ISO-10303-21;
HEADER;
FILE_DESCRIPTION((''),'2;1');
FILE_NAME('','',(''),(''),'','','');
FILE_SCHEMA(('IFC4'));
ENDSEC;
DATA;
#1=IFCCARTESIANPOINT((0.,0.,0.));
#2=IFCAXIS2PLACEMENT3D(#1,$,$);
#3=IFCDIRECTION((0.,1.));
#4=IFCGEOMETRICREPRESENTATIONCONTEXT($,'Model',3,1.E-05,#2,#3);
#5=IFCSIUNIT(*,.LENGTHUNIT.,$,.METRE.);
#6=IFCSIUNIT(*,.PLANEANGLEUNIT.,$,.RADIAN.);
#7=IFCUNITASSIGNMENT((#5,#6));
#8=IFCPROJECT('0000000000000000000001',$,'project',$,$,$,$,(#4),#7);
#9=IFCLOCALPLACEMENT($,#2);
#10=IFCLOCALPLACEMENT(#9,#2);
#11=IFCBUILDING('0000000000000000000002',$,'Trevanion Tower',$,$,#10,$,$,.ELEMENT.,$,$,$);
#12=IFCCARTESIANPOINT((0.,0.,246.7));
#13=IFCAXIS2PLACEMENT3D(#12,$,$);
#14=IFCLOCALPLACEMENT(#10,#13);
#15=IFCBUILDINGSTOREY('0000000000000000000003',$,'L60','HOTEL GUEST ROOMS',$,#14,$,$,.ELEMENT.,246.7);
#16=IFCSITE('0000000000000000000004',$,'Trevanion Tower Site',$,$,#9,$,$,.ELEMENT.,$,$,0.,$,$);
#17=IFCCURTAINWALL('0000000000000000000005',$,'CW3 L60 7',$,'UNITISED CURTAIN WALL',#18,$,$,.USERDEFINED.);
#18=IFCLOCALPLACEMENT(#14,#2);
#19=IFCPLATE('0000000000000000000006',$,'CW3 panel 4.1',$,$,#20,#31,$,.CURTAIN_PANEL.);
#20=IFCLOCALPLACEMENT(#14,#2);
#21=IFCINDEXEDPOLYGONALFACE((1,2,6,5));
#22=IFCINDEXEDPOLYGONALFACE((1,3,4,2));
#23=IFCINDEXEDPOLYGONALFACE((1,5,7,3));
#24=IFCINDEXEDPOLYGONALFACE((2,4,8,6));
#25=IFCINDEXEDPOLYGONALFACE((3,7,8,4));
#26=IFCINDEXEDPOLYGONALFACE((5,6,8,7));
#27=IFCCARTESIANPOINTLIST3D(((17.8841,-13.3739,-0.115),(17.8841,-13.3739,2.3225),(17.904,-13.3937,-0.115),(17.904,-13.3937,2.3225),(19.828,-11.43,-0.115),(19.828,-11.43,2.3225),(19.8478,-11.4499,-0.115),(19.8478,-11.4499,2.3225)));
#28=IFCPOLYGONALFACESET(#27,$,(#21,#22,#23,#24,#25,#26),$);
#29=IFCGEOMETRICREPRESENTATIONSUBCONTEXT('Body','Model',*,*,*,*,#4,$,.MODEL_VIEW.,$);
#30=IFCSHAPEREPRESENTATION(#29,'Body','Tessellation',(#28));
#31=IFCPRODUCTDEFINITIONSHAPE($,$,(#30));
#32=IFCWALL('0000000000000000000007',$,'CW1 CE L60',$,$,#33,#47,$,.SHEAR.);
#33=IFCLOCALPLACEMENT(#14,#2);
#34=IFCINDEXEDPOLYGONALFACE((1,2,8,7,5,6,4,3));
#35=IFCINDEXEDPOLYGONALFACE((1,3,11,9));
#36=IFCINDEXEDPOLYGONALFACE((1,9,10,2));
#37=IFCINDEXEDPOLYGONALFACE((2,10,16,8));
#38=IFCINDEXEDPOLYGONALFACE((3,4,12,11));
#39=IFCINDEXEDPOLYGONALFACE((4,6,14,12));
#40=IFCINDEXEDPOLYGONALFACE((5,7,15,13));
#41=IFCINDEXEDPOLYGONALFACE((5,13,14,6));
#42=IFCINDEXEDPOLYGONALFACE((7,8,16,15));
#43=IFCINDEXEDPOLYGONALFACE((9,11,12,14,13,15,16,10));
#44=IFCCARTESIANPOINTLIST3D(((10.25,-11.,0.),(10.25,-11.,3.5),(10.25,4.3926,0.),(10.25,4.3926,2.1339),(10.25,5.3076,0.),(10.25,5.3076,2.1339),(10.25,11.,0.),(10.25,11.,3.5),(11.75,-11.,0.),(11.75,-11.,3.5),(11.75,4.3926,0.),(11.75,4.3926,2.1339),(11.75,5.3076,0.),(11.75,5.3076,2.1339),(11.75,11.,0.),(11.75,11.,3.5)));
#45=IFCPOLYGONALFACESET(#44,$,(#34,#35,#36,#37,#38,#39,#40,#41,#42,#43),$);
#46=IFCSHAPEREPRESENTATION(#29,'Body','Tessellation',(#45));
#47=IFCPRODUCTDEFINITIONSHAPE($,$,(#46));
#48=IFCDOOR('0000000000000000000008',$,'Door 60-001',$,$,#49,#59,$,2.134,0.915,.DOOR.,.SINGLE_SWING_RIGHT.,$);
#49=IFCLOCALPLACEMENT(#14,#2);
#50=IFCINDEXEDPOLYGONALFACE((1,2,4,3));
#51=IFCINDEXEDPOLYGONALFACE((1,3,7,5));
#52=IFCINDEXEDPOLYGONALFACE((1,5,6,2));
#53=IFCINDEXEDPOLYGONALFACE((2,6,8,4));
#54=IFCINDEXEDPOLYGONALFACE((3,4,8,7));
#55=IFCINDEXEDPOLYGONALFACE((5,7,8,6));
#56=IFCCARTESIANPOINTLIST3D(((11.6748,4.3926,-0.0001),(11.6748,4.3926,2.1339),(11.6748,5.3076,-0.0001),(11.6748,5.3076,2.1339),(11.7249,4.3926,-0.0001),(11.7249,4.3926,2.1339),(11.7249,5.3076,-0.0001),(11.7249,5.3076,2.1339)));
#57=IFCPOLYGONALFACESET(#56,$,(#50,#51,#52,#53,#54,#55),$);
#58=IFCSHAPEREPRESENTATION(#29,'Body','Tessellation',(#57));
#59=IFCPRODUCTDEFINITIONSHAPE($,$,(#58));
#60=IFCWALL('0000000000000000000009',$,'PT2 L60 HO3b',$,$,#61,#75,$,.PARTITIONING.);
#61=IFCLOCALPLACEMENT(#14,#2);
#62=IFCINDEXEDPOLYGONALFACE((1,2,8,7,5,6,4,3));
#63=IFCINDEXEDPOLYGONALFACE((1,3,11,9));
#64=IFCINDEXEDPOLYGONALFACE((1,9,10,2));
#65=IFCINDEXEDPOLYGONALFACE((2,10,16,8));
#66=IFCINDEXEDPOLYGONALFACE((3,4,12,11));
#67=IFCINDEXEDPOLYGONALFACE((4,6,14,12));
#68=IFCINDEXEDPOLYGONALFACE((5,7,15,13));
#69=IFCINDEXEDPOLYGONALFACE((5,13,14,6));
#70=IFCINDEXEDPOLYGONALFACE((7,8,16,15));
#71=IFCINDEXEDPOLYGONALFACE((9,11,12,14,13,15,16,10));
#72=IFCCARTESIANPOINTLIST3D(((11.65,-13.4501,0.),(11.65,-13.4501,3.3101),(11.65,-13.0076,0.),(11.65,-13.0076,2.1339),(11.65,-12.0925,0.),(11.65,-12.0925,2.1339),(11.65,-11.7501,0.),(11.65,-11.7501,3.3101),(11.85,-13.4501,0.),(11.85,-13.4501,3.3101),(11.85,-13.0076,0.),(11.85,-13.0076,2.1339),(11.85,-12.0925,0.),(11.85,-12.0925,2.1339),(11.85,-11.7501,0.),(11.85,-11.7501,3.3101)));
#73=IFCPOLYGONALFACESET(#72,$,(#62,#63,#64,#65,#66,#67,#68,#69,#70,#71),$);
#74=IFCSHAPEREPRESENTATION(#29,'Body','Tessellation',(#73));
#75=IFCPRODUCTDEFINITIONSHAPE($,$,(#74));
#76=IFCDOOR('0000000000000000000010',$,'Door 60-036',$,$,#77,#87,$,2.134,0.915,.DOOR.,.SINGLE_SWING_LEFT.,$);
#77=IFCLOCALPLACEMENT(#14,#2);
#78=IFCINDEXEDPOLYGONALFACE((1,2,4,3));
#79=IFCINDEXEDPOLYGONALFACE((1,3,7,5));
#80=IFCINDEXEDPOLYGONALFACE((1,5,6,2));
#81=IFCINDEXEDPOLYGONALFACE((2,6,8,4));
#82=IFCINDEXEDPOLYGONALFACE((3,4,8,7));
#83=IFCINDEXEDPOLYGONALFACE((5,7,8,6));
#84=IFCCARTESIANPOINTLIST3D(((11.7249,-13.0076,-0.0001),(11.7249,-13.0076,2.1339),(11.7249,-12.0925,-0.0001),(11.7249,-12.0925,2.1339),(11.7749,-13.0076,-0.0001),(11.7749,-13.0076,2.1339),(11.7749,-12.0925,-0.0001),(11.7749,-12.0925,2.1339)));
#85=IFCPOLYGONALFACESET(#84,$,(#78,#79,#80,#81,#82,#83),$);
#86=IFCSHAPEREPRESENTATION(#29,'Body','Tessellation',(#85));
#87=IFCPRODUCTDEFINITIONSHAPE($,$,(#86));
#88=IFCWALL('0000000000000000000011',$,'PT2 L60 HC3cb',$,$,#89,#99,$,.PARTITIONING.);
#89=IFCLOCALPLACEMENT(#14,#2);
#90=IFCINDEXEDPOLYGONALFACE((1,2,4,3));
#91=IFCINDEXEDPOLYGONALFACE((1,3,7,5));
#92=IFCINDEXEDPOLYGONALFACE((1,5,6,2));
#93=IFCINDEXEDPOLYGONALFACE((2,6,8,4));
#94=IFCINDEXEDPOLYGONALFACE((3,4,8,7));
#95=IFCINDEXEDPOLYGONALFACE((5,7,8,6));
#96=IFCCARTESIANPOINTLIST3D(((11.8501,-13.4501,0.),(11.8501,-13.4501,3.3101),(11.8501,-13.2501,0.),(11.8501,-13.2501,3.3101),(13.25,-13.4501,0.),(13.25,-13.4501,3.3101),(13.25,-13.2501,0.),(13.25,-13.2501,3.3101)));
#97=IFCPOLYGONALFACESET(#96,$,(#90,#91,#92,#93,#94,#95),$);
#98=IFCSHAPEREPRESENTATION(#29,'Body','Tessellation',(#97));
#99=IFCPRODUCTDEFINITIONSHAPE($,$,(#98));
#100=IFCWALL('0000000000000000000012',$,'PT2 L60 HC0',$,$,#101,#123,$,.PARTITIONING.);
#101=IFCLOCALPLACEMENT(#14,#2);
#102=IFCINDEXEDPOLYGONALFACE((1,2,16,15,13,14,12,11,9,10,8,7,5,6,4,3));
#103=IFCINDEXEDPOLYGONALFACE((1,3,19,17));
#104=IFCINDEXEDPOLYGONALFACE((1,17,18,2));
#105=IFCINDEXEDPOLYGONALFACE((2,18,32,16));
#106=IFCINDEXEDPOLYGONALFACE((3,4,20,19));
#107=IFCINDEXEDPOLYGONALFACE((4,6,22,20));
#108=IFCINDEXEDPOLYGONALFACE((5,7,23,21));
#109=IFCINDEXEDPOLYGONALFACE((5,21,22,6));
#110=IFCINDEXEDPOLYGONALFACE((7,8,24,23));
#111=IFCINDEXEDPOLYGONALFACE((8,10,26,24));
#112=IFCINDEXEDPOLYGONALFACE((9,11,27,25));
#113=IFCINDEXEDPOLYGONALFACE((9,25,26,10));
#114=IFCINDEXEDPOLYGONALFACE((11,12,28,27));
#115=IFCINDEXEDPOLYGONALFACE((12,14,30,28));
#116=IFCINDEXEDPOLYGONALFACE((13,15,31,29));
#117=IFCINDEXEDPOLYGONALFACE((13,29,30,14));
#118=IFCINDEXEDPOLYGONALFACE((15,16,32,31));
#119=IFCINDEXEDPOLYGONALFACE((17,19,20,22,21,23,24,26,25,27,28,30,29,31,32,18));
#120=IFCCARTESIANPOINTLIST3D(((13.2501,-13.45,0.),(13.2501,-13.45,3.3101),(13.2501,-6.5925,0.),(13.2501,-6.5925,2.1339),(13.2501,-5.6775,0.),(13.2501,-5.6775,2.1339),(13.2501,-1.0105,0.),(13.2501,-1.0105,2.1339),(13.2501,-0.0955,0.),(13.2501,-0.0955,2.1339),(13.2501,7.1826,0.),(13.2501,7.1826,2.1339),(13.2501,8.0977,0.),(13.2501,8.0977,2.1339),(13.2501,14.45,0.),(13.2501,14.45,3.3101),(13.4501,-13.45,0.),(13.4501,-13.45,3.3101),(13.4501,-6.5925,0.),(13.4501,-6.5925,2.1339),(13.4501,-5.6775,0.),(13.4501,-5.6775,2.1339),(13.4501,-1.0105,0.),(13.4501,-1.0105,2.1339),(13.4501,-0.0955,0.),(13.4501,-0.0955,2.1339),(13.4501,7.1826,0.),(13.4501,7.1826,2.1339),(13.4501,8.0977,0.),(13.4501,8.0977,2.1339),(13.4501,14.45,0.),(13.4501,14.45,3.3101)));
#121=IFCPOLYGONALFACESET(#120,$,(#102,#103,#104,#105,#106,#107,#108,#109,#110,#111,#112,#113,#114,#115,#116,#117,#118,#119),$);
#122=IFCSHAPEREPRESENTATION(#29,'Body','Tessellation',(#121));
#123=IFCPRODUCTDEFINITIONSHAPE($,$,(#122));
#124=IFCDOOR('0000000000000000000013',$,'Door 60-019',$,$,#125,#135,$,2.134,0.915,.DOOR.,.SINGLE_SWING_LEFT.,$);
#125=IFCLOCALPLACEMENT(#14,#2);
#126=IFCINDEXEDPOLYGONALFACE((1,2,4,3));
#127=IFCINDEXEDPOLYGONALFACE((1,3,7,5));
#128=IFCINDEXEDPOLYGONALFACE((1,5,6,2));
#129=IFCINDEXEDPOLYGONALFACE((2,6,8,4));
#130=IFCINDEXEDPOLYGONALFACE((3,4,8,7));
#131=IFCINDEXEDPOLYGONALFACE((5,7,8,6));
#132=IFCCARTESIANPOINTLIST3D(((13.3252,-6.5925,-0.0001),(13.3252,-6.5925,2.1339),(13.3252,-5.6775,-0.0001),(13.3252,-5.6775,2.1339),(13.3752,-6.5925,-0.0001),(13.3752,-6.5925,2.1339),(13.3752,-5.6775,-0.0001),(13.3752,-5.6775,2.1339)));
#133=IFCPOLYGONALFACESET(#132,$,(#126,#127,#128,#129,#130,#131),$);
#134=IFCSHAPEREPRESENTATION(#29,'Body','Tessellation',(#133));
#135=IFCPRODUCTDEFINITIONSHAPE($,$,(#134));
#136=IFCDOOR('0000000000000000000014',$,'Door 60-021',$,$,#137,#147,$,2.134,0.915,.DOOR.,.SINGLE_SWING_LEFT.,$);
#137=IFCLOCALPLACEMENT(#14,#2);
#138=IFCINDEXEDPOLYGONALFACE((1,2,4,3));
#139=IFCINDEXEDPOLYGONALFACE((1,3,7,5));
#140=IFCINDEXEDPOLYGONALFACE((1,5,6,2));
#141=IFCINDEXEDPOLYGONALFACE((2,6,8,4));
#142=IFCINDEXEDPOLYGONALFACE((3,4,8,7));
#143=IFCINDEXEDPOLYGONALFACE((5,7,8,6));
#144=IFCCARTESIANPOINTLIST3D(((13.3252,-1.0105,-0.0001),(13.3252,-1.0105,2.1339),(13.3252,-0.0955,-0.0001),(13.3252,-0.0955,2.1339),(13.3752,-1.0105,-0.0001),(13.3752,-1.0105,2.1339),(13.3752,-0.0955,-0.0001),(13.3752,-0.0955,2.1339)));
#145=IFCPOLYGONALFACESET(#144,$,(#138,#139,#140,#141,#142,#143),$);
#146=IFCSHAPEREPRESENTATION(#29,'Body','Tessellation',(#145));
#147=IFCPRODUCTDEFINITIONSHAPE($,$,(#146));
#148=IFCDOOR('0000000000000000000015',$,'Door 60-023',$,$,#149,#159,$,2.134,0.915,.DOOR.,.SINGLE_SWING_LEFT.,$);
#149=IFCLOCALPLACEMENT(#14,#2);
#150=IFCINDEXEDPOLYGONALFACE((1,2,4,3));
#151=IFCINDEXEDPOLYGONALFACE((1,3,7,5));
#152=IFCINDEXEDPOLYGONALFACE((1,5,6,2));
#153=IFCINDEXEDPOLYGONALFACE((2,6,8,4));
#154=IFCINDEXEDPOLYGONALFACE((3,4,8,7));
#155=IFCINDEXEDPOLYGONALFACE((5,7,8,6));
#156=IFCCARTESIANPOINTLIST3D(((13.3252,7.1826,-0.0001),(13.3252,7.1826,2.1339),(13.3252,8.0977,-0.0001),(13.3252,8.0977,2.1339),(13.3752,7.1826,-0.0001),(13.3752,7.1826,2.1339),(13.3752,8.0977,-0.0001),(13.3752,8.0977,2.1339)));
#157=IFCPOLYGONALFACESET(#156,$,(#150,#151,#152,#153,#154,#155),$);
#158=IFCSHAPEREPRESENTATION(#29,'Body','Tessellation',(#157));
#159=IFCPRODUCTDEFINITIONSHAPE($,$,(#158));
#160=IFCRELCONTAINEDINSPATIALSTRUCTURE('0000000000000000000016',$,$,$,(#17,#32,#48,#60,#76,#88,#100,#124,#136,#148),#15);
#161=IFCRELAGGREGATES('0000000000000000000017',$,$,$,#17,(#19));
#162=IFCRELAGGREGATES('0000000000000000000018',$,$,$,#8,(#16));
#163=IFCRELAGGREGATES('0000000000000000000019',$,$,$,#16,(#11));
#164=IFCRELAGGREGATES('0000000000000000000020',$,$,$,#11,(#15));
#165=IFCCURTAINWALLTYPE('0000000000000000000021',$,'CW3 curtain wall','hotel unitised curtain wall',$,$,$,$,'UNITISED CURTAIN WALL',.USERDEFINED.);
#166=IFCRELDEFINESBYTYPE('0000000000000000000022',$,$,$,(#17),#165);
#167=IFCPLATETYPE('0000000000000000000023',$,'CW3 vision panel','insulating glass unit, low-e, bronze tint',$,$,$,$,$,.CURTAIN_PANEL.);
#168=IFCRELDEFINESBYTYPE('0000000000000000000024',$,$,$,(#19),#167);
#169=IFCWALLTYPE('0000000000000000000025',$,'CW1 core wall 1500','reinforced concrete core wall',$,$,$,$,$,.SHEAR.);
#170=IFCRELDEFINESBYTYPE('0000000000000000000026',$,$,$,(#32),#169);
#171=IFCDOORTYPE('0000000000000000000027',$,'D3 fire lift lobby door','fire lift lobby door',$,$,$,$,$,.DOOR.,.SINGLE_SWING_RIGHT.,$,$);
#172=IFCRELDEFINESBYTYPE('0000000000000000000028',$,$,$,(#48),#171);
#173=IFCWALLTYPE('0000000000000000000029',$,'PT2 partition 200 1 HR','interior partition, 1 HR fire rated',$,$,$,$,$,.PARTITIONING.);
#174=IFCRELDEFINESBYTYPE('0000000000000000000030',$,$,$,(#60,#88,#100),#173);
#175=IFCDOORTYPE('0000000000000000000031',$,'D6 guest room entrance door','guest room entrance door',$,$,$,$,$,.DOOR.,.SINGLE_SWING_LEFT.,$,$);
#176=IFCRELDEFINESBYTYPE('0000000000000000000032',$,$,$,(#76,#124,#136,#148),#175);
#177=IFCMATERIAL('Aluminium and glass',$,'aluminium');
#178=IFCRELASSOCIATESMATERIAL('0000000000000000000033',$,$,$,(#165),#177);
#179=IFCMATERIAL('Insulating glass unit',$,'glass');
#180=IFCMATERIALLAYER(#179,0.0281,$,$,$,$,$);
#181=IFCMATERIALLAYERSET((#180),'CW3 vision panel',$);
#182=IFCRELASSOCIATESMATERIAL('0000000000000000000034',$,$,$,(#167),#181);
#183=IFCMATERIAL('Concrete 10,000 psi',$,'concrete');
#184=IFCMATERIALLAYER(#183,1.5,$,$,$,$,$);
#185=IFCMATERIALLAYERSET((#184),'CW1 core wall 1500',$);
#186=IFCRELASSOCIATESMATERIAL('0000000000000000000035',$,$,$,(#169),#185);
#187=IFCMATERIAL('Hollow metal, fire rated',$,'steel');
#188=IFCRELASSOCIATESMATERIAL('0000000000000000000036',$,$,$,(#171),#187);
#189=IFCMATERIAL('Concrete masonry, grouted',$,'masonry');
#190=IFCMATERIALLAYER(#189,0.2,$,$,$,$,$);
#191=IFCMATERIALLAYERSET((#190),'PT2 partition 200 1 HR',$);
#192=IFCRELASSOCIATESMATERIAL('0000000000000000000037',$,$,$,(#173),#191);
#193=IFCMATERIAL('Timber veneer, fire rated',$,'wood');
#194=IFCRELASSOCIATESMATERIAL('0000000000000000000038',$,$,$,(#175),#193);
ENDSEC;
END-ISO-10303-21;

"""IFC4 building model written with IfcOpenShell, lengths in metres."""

from ifc_helpers import new_model, si_unit, direction, frame, frame_2d, origin, origin_2d, place, context, subcontext, project, spatial, rectangle, extrude, material, layer, layer_set, type_object, element, fill, aggregate, save


model = new_model("IFC4")

# Units and contexts
model_context = context("Model", 3, precision=1e-05, world=origin(), true_north=direction((0.0, 1.0)))
body_context = subcontext(model_context, "Body", "Model", "MODEL_VIEW")
ifc_project = project(units=[si_unit("LENGTHUNIT", "METRE"), si_unit("PLANEANGLEUNIT", "RADIAN")], contexts=[model_context])

# Site, building, storey
site_placement = place(None, origin())
site = spatial("IfcSite", under=ifc_project, at=site_placement, Name="Trevanion Tower Site", CompositionType="ELEMENT", RefElevation=0.0)
building_placement = place(site_placement, origin())
building = spatial("IfcBuilding", under=site, at=building_placement, Name="Trevanion Tower", CompositionType="ELEMENT")
storey_placement = place(building_placement, frame((0.0, 0.0, 246.7)))
storey = spatial("IfcBuildingStorey", under=building, at=storey_placement, Name="L60", Description="HOTEL GUEST ROOMS", CompositionType="ELEMENT", Elevation=246.7)

# Curtain wall
ifc_material_1 = material(Name="Aluminium and glass", Category="aluminium")
curtain_wall_type = type_object("IfcCurtainWallType", Name="CW3 curtain wall", Description="hotel unitised curtain wall", ElementType="UNITISED CURTAIN WALL", PredefinedType="USERDEFINED", material=ifc_material_1)
curtain_wall_1_placement = place(storey_placement, origin())
curtain_wall_1 = element("IfcCurtainWall", 1, at=curtain_wall_1_placement, inside=storey, type_object=curtain_wall_type, Name="CW3 L60 7", ObjectType="UNITISED CURTAIN WALL", PredefinedType="USERDEFINED")

# Plate
ifc_material_2 = material(Name="Insulating glass unit", Category="glass")
ifc_layer_1 = layer(ifc_material_2, 0.0281)
ifc_layer_set_1 = layer_set([ifc_layer_1], Name="CW3 vision panel")
plate_type_1 = type_object("IfcPlateType", Name="CW3 vision panel", Description="insulating glass unit, low-e, bronze tint", PredefinedType="CURTAIN_PANEL", material=ifc_layer_set_1)
plate_1_placement = place(storey_placement, frame((18.866, -12.4119, -0.115), z_axis=(0.0, 0.0, 1.0), x_axis=(0.707107, 0.707107, 0.0)))
plate_1 = element("IfcPlate", 2, at=plate_1_placement, type_object=plate_type_1, Name="CW3 panel 4.1", PredefinedType="CURTAIN_PANEL", context=body_context, shape_type="SweptSolid", body=[
    extrude(rectangle(XDim=2.749, YDim=0.0281, at=origin_2d()), origin(), (0.0, 0.0, 1.0), 2.4375),
])
aggregate(curtain_wall_1, [plate_1])

# Walls, openings, doors
ifc_material_3 = material(Name="Concrete 10,000 psi", Category="concrete")
ifc_layer_2 = layer(ifc_material_3, 1.5)
ifc_layer_set_2 = layer_set([ifc_layer_2], Name="CW1 core wall 1500")
wall_type_1 = type_object("IfcWallType", Name="CW1 core wall 1500", Description="reinforced concrete core wall", PredefinedType="SHEAR", material=ifc_layer_set_2)
wall_1_placement = place(storey_placement, frame((11.0, -11.0, 0.0), z_axis=(0.0, 0.0, 1.0), x_axis=(0.0, 1.0, 0.0)))
wall_1 = element("IfcWall", 3, at=wall_1_placement, inside=storey, type_object=wall_type_1, Name="CW1 CE L60", PredefinedType="SHEAR", context=body_context, shape_type="SweptSolid", body=[
    extrude(rectangle(XDim=22.0, YDim=1.5, at=frame_2d((11.0, 0.0))), origin(), (0.0, 0.0, 1.0), 3.5),
])
opening_1_placement = place(wall_1_placement, frame((15.3926, 0.0, 0.0)))
opening_1 = element("IfcOpeningElement", 4, at=opening_1_placement, cuts=wall_1, PredefinedType="OPENING", context=body_context, shape_type="SweptSolid", body=[
    extrude(rectangle(XDim=0.915, YDim=2.134, at=frame_2d((0.4575, 1.0669))), frame((0.0, 0.76, 0.0), z_axis=(0.0, -1.0, 0.0), x_axis=(1.0, 0.0, 0.0)), (0.0, 0.0, 1.0), 1.52),
])
ifc_material_4 = material(Name="Hollow metal, fire rated", Category="steel")
door_type_1 = type_object("IfcDoorType", Name="D3 fire lift lobby door", Description="fire lift lobby door", OperationType="SINGLE_SWING_RIGHT", PredefinedType="DOOR", material=ifc_material_4)
door_1_placement = place(opening_1_placement, origin())
door_1 = element("IfcDoor", 5, at=door_1_placement, inside=storey, type_object=door_type_1, Name="Door 60-001", OperationType="SINGLE_SWING_RIGHT", OverallHeight=2.134, OverallWidth=0.915, PredefinedType="DOOR", context=body_context, shape_type="SweptSolid", body=[
    extrude(rectangle(XDim=0.915, YDim=2.134, at=frame_2d((0.4575, 1.0669))), frame((0.0, -0.6748, 0.0), z_axis=(0.0, -1.0, 0.0), x_axis=(1.0, 0.0, 0.0)), (0.0, 0.0, 1.0), 0.05),
])
fill(opening_1, door_1)
ifc_material_5 = material(Name="Concrete masonry, grouted", Category="masonry")
ifc_layer_3 = layer(ifc_material_5, 0.2)
ifc_layer_set_3 = layer_set([ifc_layer_3], Name="PT2 partition 200 1 HR")
wall_type_2 = type_object("IfcWallType", Name="PT2 partition 200 1 HR", Description="interior partition, 1 HR fire rated", PredefinedType="PARTITIONING", material=ifc_layer_set_3)
wall_2_placement = place(storey_placement, frame((11.75, -11.75, 0.0), z_axis=(0.0, 0.0, 1.0), x_axis=(0.0, -1.0, 0.0)))
wall_2 = element("IfcWall", 6, at=wall_2_placement, inside=storey, type_object=wall_type_2, Name="PT2 L60 HO3b", PredefinedType="PARTITIONING", context=body_context, shape_type="SweptSolid", body=[
    extrude(rectangle(XDim=1.7, YDim=0.2, at=frame_2d((0.8501, 0.0))), origin(), (0.0, 0.0, 1.0), 3.3101),
])
opening_2_placement = place(wall_2_placement, frame((0.3425, 0.0, 0.0)))
opening_2 = element("IfcOpeningElement", 7, at=opening_2_placement, cuts=wall_2, PredefinedType="OPENING", context=body_context, shape_type="SweptSolid", body=[
    extrude(rectangle(XDim=0.915, YDim=2.134, at=frame_2d((0.4575, 1.0669))), frame((0.0, 0.1099, 0.0), z_axis=(0.0, -1.0, 0.0), x_axis=(1.0, 0.0, 0.0)), (0.0, 0.0, 1.0), 0.22),
])
ifc_material_6 = material(Name="Timber veneer, fire rated", Category="wood")
door_type_2 = type_object("IfcDoorType", Name="D6 guest room entrance door", Description="guest room entrance door", OperationType="SINGLE_SWING_LEFT", PredefinedType="DOOR", material=ifc_material_6)
door_2_placement = place(opening_2_placement, origin())
door_2 = element("IfcDoor", 8, at=door_2_placement, inside=storey, type_object=door_type_2, Name="Door 60-036", OperationType="SINGLE_SWING_LEFT", OverallHeight=2.134, OverallWidth=0.915, PredefinedType="DOOR", context=body_context, shape_type="SweptSolid", body=[
    extrude(rectangle(XDim=0.915, YDim=2.134, at=frame_2d((0.4575, 1.0669))), frame((0.0, 0.0249, 0.0), z_axis=(0.0, -1.0, 0.0), x_axis=(1.0, 0.0, 0.0)), (0.0, 0.0, 1.0), 0.05),
])
fill(opening_2, door_2)

# Wall
wall_3_placement = place(storey_placement, frame((11.8501, -13.3501, 0.0), z_axis=(0.0, 0.0, 1.0), x_axis=(1.0, 0.0, 0.0)))
element("IfcWall", 9, at=wall_3_placement, inside=storey, type_object=wall_type_2, Name="PT2 L60 HC3cb", PredefinedType="PARTITIONING", context=body_context, shape_type="SweptSolid", body=[
    extrude(rectangle(XDim=1.3999, YDim=0.2, at=frame_2d((0.7, 0.0))), origin(), (0.0, 0.0, 1.0), 3.3101),
])

# Wall, openings, doors
wall_4_placement = place(storey_placement, frame((13.3501, -13.45, 0.0), z_axis=(0.0, 0.0, 1.0), x_axis=(0.0, 1.0, 0.0)))
wall_4 = element("IfcWall", 10, at=wall_4_placement, inside=storey, type_object=wall_type_2, Name="PT2 L60 HC0", PredefinedType="PARTITIONING", context=body_context, shape_type="SweptSolid", body=[
    extrude(rectangle(XDim=27.8999, YDim=0.2, at=frame_2d((13.95, 0.0))), origin(), (0.0, 0.0, 1.0), 3.3101),
])
opening_3_placement = place(wall_4_placement, frame((6.8574, 0.0, 0.0)))
opening_3 = element("IfcOpeningElement", 11, at=opening_3_placement, cuts=wall_4, PredefinedType="OPENING", context=body_context, shape_type="SweptSolid", body=[
    extrude(rectangle(XDim=0.915, YDim=2.134, at=frame_2d((0.4575, 1.0669))), frame((0.0, 0.1099, 0.0), z_axis=(0.0, -1.0, 0.0), x_axis=(1.0, 0.0, 0.0)), (0.0, 0.0, 1.0), 0.22),
])
opening_4_placement = place(wall_4_placement, frame((12.4395, 0.0, 0.0)))
opening_4 = element("IfcOpeningElement", 12, at=opening_4_placement, cuts=wall_4, PredefinedType="OPENING", context=body_context, shape_type="SweptSolid", body=[
    extrude(rectangle(XDim=0.915, YDim=2.134, at=frame_2d((0.4575, 1.0669))), frame((0.0, 0.1099, 0.0), z_axis=(0.0, -1.0, 0.0), x_axis=(1.0, 0.0, 0.0)), (0.0, 0.0, 1.0), 0.22),
])
opening_5_placement = place(wall_4_placement, frame((20.6326, 0.0, 0.0)))
opening_5 = element("IfcOpeningElement", 13, at=opening_5_placement, cuts=wall_4, PredefinedType="OPENING", context=body_context, shape_type="SweptSolid", body=[
    extrude(rectangle(XDim=0.915, YDim=2.134, at=frame_2d((0.4575, 1.0669))), frame((0.0, 0.1099, 0.0), z_axis=(0.0, -1.0, 0.0), x_axis=(1.0, 0.0, 0.0)), (0.0, 0.0, 1.0), 0.22),
])
door_3_placement = place(opening_3_placement, origin())
door_3 = element("IfcDoor", 14, at=door_3_placement, inside=storey, type_object=door_type_2, Name="Door 60-019", OperationType="SINGLE_SWING_LEFT", OverallHeight=2.134, OverallWidth=0.915, PredefinedType="DOOR", context=body_context, shape_type="SweptSolid", body=[
    extrude(rectangle(XDim=0.915, YDim=2.134, at=frame_2d((0.4575, 1.0669))), frame((0.0, 0.0249, 0.0), z_axis=(0.0, -1.0, 0.0), x_axis=(1.0, 0.0, 0.0)), (0.0, 0.0, 1.0), 0.05),
])
fill(opening_3, door_3)
door_4_placement = place(opening_4_placement, origin())
door_4 = element("IfcDoor", 15, at=door_4_placement, inside=storey, type_object=door_type_2, Name="Door 60-021", OperationType="SINGLE_SWING_LEFT", OverallHeight=2.134, OverallWidth=0.915, PredefinedType="DOOR", context=body_context, shape_type="SweptSolid", body=[
    extrude(rectangle(XDim=0.915, YDim=2.134, at=frame_2d((0.4575, 1.0669))), frame((0.0, 0.0249, 0.0), z_axis=(0.0, -1.0, 0.0), x_axis=(1.0, 0.0, 0.0)), (0.0, 0.0, 1.0), 0.05),
])
fill(opening_4, door_4)
door_5_placement = place(opening_5_placement, origin())
door_5 = element("IfcDoor", 16, at=door_5_placement, inside=storey, type_object=door_type_2, Name="Door 60-023", OperationType="SINGLE_SWING_LEFT", OverallHeight=2.134, OverallWidth=0.915, PredefinedType="DOOR", context=body_context, shape_type="SweptSolid", body=[
    extrude(rectangle(XDim=0.915, YDim=2.134, at=frame_2d((0.4575, 1.0669))), frame((0.0, 0.0249, 0.0), z_axis=(0.0, -1.0, 0.0), x_axis=(1.0, 0.0, 0.0)), (0.0, 0.0, 1.0), 0.05),
])
fill(opening_5, door_5)

save(model, "model.ifc")
